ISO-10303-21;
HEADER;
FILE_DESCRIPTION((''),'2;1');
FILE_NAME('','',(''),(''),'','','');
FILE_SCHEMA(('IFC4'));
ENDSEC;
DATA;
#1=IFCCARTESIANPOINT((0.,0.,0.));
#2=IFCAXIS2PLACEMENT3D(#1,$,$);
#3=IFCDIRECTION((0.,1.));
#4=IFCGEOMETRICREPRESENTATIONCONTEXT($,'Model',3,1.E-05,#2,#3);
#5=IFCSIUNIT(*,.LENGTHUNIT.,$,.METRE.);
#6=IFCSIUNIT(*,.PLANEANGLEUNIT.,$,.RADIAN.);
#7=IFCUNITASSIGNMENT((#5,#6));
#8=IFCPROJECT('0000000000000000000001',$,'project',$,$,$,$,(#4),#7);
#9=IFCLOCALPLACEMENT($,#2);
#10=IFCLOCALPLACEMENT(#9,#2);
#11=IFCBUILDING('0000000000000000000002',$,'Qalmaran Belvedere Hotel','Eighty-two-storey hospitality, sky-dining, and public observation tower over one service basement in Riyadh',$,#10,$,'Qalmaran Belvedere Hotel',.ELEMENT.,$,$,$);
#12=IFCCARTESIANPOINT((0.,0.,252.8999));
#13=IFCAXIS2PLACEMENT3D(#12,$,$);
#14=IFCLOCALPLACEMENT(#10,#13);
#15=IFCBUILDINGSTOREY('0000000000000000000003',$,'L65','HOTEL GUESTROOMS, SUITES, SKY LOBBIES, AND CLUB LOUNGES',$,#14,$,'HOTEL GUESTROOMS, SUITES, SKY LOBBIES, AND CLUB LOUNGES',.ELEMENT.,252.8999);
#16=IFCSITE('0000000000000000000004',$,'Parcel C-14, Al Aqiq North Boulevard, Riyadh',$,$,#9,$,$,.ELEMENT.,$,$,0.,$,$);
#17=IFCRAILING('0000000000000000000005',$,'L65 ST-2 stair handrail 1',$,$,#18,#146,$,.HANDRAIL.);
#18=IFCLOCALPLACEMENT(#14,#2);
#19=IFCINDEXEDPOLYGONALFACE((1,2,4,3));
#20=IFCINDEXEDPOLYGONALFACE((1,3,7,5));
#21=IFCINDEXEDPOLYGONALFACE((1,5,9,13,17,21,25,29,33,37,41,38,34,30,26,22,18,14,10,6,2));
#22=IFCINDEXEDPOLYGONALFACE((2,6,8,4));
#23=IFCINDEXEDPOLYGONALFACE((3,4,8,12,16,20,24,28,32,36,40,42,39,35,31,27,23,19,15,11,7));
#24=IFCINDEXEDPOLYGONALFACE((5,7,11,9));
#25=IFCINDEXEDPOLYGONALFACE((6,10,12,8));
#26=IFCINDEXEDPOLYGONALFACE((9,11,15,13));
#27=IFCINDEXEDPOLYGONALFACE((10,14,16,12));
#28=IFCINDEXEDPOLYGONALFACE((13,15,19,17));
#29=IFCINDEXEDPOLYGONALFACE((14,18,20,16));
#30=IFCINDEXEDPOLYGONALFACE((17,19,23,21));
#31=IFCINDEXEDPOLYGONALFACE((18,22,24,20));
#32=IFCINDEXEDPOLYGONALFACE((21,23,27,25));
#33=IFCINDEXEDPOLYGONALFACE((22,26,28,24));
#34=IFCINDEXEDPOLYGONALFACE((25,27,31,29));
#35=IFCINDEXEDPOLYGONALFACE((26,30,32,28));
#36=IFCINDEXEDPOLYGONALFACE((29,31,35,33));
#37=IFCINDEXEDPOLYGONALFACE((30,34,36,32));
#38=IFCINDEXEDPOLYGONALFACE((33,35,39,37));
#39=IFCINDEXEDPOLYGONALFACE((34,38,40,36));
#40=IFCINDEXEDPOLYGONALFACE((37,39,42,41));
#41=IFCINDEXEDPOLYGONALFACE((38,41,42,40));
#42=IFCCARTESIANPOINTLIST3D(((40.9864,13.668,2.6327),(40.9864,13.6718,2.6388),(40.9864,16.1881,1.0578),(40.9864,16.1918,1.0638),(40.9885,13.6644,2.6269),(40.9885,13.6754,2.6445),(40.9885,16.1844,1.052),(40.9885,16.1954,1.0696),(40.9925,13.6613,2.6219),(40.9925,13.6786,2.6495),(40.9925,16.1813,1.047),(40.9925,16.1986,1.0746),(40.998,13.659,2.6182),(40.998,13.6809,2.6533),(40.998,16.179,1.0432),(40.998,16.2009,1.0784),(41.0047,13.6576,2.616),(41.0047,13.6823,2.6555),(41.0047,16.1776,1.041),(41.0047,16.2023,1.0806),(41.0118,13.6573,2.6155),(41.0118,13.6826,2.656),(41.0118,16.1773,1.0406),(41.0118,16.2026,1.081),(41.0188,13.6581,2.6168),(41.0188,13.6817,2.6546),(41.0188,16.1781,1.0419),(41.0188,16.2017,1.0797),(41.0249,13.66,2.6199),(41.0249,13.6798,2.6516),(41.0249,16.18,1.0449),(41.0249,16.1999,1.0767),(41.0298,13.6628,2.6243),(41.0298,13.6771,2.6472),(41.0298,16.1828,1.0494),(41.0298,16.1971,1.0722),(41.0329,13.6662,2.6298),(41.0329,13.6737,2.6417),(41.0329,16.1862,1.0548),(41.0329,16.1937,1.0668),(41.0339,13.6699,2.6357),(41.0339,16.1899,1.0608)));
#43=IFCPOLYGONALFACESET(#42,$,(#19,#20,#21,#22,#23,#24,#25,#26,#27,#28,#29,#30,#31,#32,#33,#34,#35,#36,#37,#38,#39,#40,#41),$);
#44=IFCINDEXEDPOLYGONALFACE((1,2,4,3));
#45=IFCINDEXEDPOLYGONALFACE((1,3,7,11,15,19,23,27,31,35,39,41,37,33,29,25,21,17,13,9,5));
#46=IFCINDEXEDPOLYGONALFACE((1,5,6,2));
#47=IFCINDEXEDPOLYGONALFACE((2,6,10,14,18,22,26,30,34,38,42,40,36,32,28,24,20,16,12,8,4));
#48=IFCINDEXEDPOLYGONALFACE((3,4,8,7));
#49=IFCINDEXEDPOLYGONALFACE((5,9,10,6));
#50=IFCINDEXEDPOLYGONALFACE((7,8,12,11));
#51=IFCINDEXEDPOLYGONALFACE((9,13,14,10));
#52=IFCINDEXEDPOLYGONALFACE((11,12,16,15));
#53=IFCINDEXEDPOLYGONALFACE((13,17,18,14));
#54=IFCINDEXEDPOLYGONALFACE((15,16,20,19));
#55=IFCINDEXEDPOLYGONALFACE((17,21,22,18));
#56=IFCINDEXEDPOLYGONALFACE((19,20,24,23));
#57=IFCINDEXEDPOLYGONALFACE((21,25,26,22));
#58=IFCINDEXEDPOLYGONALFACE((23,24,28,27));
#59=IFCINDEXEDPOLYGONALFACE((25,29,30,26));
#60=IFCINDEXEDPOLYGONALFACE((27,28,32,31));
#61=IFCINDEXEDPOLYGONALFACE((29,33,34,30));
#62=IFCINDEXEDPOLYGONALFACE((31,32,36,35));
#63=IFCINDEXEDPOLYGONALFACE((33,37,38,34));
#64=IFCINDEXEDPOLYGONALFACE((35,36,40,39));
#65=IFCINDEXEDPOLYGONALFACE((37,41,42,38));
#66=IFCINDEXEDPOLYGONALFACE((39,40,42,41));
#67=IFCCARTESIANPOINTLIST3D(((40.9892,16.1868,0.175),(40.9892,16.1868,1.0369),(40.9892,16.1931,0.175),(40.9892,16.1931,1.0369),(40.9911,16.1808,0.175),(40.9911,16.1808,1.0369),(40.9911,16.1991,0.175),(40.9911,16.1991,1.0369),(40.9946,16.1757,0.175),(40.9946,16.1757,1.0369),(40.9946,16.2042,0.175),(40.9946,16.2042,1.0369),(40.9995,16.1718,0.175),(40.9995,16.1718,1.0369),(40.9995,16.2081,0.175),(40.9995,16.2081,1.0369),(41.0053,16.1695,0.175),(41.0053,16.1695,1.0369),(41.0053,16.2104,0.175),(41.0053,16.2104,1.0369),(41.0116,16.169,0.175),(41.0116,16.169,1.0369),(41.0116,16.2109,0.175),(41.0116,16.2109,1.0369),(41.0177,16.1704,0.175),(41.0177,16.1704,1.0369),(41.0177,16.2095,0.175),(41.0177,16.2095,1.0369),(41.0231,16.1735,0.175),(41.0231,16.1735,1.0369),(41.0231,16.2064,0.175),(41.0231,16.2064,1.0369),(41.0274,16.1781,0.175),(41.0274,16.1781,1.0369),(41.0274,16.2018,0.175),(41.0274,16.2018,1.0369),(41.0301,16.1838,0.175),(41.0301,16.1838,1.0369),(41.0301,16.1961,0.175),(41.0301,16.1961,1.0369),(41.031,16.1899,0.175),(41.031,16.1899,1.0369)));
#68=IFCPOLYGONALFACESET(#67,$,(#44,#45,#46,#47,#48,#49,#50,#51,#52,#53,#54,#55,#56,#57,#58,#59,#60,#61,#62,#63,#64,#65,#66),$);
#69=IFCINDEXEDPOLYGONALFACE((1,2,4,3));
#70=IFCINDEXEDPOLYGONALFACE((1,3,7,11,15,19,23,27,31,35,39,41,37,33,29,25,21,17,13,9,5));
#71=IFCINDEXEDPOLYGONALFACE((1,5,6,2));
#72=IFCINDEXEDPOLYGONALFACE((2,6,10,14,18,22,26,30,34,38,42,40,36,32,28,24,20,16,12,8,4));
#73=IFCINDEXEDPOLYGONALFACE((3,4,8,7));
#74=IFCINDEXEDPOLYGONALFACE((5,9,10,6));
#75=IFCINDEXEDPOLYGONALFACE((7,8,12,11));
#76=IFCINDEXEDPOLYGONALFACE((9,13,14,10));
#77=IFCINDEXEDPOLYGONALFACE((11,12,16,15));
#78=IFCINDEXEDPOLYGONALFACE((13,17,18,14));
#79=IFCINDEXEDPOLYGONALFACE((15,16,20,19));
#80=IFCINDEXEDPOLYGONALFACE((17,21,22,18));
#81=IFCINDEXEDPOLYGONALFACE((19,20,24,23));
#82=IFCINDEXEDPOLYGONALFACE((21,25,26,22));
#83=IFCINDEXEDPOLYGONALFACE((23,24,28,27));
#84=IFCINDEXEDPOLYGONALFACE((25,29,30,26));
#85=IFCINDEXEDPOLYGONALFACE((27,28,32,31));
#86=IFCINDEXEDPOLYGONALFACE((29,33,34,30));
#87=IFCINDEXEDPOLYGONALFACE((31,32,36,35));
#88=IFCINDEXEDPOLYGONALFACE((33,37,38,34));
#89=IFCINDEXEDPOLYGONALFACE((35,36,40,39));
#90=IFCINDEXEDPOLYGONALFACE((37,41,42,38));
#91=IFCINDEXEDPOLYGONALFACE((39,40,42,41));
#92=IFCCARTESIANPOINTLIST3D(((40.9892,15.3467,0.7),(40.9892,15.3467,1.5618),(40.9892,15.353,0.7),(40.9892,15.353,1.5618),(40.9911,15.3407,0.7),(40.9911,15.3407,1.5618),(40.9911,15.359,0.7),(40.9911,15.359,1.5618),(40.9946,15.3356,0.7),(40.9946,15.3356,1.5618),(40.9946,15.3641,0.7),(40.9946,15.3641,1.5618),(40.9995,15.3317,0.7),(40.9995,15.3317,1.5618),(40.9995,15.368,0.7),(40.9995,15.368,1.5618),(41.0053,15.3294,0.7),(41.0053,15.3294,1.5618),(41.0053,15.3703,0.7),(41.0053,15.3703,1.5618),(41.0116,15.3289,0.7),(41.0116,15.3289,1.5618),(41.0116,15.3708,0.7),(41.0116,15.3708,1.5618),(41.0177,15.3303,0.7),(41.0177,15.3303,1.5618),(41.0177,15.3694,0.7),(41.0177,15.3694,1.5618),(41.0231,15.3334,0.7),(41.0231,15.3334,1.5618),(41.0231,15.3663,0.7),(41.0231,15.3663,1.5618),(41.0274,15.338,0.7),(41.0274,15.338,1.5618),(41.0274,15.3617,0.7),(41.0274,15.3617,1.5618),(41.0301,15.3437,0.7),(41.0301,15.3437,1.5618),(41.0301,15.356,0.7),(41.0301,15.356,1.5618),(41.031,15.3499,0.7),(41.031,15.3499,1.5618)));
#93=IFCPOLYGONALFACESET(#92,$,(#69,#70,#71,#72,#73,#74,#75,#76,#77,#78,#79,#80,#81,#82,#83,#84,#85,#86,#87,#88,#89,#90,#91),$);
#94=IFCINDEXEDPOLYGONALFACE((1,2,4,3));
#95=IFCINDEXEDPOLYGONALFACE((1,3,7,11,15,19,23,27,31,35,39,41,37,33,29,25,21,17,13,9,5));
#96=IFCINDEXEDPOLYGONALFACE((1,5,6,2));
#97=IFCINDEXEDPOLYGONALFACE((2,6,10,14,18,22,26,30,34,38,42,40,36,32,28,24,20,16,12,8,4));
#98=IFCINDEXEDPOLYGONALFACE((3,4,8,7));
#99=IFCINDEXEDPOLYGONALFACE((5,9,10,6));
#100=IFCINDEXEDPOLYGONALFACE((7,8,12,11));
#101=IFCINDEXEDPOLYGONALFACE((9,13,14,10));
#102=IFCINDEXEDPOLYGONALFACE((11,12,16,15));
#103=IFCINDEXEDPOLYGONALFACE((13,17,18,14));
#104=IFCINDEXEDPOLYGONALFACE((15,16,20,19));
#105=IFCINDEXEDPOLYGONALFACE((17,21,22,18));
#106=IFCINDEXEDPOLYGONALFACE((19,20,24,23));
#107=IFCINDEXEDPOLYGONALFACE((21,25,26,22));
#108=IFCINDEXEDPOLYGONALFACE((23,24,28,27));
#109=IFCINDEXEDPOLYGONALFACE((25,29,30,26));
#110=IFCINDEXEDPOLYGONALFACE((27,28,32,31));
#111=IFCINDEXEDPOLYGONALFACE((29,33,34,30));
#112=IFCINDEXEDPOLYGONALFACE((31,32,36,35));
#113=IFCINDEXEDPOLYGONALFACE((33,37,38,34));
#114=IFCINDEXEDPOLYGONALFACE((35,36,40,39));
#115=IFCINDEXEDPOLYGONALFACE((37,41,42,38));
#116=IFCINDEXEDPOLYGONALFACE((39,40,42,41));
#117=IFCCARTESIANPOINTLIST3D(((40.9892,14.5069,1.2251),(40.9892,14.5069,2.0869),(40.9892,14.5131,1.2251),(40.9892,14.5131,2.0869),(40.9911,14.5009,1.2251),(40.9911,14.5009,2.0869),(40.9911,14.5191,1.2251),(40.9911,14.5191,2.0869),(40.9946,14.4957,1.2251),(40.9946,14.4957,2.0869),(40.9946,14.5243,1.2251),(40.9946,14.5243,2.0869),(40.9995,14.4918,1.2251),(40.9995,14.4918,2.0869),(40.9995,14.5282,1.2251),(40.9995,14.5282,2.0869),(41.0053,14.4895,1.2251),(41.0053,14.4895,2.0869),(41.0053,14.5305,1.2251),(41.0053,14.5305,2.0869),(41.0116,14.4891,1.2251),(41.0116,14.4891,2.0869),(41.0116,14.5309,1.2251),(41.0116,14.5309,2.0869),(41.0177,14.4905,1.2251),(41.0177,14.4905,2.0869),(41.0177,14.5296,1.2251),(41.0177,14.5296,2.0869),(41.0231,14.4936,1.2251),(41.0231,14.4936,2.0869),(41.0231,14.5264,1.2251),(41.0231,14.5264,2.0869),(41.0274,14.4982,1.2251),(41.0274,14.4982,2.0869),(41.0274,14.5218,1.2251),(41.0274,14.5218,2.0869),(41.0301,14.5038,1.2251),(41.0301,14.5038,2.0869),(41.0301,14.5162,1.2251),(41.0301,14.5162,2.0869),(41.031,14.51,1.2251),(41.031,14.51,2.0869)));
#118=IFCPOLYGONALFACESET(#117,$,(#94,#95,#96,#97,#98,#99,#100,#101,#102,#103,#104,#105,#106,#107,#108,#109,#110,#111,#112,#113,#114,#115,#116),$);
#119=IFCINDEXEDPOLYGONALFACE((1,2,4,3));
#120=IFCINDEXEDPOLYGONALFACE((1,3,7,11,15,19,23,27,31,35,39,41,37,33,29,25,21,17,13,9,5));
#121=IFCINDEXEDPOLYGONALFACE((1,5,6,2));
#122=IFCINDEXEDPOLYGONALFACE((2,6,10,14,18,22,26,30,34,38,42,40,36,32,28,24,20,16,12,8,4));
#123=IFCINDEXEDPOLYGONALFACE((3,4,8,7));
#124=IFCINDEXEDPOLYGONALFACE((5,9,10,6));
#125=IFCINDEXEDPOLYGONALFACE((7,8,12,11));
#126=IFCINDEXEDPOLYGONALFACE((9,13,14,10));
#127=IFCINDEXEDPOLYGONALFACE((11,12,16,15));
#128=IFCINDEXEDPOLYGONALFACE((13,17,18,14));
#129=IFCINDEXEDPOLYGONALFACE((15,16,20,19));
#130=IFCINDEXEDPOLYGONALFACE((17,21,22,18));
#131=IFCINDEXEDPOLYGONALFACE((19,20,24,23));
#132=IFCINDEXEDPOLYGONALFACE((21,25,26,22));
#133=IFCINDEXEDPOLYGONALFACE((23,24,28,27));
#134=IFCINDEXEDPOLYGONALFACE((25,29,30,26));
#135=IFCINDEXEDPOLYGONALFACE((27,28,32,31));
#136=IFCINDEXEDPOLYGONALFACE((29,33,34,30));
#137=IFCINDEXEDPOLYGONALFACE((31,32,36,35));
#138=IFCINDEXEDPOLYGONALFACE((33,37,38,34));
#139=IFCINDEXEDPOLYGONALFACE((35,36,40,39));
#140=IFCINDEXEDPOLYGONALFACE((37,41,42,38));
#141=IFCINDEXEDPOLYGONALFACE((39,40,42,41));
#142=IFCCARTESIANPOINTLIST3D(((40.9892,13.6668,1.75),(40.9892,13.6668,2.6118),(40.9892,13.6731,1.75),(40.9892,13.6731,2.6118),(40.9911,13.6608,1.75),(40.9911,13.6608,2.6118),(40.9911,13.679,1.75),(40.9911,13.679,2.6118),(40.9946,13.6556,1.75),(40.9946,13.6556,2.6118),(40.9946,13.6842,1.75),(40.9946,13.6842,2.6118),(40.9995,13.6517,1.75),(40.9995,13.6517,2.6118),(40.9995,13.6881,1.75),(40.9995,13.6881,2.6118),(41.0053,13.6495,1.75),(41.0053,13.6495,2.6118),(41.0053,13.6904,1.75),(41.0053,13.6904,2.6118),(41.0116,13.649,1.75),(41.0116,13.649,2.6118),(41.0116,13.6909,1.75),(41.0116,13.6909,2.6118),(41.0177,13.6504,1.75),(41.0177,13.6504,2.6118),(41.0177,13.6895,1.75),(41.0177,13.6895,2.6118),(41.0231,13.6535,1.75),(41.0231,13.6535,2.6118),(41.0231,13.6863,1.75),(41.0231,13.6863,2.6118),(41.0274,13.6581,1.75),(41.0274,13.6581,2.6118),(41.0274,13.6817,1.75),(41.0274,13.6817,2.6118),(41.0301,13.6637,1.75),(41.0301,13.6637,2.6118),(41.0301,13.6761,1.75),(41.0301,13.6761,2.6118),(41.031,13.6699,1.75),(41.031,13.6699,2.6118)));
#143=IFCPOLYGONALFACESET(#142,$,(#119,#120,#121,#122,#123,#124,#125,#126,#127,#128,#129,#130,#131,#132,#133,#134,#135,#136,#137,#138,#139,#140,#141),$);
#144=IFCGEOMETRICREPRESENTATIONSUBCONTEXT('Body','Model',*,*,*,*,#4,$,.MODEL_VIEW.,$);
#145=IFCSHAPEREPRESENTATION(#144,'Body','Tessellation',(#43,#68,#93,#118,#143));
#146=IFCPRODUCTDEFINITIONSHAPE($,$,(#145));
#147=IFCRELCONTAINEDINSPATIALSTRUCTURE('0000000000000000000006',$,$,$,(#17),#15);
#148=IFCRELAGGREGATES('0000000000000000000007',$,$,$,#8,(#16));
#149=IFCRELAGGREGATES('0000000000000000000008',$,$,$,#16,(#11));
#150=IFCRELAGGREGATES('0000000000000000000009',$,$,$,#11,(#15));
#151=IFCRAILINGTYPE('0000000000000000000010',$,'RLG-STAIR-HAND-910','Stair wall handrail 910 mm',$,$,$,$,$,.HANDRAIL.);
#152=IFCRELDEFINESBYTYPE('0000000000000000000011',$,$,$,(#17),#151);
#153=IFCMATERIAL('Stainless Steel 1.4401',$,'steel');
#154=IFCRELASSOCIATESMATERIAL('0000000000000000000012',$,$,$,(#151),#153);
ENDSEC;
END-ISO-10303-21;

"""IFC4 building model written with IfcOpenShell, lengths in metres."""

from ifc_helpers import new_model, si_unit, direction, frame, origin, origin_2d, place, context, subcontext, project, spatial, circle, extrude, material, type_object, element, save


model = new_model("IFC4")

# Units and contexts
model_context = context("Model", 3, precision=1e-05, world=origin(), true_north=direction((0.0, 1.0)))
body_context = subcontext(model_context, "Body", "Model", "MODEL_VIEW")
ifc_project = project(units=[si_unit("LENGTHUNIT", "METRE"), si_unit("PLANEANGLEUNIT", "RADIAN")], contexts=[model_context])

# Site, building, storey
site_placement = place(None, origin())
site = spatial("IfcSite", under=ifc_project, at=site_placement, Name="Parcel C-14, Al Aqiq North Boulevard, Riyadh", CompositionType="ELEMENT", RefElevation=0.0)
building_placement = place(site_placement, origin())
building = spatial("IfcBuilding", under=site, at=building_placement, Name="Qalmaran Belvedere Hotel", Description="Eighty-two-storey hospitality, sky-dining, and public observation tower over one service basement in Riyadh", LongName="Qalmaran Belvedere Hotel", CompositionType="ELEMENT")
storey_placement = place(building_placement, frame((0.0, 0.0, 252.8999)))
storey = spatial("IfcBuildingStorey", under=building, at=storey_placement, Name="L65", Description="HOTEL GUESTROOMS, SUITES, SKY LOBBIES, AND CLUB LOUNGES", LongName="HOTEL GUESTROOMS, SUITES, SKY LOBBIES, AND CLUB LOUNGES", CompositionType="ELEMENT", Elevation=252.8999)

# Railing
ifc_material_1 = material(Name="Stainless Steel 1.4401", Category="steel")
railing_type_1 = type_object("IfcRailingType", Name="RLG-STAIR-HAND-910", Description="Stair wall handrail 910 mm", PredefinedType="HANDRAIL", material=ifc_material_1)
railing_1_placement = place(storey_placement, frame((41.01, 16.1899, 0.175)))
element("IfcRailing", 1, at=railing_1_placement, inside=storey, type_object=railing_type_1, Name="L65 ST-2 stair handrail 1", PredefinedType="HANDRAIL", context=body_context, shape_type="SweptSolid", body=[
    extrude(circle(Radius=0.0239, at=origin_2d()), frame((0.0, 0.0, 0.8857), z_axis=(0.0, -0.848008, 0.529984), x_axis=(1.0, 0.0, 0.0)), (0.0, 0.0, 1.0), 2.9717),
    extrude(circle(Radius=0.021, at=origin_2d()), origin(), (0.0, 0.0, 1.0), 0.8618),
    extrude(circle(Radius=0.021, at=origin_2d()), frame((0.0, -0.8401, 0.5249)), (0.0, 0.0, 1.0), 0.8618),
    extrude(circle(Radius=0.021, at=origin_2d()), frame((0.0, -1.6799, 1.05)), (0.0, 0.0, 1.0), 0.8618),
    extrude(circle(Radius=0.021, at=origin_2d()), frame((0.0, -2.52, 1.575)), (0.0, 0.0, 1.0), 0.8618),
])

save(model, "model.ifc")
